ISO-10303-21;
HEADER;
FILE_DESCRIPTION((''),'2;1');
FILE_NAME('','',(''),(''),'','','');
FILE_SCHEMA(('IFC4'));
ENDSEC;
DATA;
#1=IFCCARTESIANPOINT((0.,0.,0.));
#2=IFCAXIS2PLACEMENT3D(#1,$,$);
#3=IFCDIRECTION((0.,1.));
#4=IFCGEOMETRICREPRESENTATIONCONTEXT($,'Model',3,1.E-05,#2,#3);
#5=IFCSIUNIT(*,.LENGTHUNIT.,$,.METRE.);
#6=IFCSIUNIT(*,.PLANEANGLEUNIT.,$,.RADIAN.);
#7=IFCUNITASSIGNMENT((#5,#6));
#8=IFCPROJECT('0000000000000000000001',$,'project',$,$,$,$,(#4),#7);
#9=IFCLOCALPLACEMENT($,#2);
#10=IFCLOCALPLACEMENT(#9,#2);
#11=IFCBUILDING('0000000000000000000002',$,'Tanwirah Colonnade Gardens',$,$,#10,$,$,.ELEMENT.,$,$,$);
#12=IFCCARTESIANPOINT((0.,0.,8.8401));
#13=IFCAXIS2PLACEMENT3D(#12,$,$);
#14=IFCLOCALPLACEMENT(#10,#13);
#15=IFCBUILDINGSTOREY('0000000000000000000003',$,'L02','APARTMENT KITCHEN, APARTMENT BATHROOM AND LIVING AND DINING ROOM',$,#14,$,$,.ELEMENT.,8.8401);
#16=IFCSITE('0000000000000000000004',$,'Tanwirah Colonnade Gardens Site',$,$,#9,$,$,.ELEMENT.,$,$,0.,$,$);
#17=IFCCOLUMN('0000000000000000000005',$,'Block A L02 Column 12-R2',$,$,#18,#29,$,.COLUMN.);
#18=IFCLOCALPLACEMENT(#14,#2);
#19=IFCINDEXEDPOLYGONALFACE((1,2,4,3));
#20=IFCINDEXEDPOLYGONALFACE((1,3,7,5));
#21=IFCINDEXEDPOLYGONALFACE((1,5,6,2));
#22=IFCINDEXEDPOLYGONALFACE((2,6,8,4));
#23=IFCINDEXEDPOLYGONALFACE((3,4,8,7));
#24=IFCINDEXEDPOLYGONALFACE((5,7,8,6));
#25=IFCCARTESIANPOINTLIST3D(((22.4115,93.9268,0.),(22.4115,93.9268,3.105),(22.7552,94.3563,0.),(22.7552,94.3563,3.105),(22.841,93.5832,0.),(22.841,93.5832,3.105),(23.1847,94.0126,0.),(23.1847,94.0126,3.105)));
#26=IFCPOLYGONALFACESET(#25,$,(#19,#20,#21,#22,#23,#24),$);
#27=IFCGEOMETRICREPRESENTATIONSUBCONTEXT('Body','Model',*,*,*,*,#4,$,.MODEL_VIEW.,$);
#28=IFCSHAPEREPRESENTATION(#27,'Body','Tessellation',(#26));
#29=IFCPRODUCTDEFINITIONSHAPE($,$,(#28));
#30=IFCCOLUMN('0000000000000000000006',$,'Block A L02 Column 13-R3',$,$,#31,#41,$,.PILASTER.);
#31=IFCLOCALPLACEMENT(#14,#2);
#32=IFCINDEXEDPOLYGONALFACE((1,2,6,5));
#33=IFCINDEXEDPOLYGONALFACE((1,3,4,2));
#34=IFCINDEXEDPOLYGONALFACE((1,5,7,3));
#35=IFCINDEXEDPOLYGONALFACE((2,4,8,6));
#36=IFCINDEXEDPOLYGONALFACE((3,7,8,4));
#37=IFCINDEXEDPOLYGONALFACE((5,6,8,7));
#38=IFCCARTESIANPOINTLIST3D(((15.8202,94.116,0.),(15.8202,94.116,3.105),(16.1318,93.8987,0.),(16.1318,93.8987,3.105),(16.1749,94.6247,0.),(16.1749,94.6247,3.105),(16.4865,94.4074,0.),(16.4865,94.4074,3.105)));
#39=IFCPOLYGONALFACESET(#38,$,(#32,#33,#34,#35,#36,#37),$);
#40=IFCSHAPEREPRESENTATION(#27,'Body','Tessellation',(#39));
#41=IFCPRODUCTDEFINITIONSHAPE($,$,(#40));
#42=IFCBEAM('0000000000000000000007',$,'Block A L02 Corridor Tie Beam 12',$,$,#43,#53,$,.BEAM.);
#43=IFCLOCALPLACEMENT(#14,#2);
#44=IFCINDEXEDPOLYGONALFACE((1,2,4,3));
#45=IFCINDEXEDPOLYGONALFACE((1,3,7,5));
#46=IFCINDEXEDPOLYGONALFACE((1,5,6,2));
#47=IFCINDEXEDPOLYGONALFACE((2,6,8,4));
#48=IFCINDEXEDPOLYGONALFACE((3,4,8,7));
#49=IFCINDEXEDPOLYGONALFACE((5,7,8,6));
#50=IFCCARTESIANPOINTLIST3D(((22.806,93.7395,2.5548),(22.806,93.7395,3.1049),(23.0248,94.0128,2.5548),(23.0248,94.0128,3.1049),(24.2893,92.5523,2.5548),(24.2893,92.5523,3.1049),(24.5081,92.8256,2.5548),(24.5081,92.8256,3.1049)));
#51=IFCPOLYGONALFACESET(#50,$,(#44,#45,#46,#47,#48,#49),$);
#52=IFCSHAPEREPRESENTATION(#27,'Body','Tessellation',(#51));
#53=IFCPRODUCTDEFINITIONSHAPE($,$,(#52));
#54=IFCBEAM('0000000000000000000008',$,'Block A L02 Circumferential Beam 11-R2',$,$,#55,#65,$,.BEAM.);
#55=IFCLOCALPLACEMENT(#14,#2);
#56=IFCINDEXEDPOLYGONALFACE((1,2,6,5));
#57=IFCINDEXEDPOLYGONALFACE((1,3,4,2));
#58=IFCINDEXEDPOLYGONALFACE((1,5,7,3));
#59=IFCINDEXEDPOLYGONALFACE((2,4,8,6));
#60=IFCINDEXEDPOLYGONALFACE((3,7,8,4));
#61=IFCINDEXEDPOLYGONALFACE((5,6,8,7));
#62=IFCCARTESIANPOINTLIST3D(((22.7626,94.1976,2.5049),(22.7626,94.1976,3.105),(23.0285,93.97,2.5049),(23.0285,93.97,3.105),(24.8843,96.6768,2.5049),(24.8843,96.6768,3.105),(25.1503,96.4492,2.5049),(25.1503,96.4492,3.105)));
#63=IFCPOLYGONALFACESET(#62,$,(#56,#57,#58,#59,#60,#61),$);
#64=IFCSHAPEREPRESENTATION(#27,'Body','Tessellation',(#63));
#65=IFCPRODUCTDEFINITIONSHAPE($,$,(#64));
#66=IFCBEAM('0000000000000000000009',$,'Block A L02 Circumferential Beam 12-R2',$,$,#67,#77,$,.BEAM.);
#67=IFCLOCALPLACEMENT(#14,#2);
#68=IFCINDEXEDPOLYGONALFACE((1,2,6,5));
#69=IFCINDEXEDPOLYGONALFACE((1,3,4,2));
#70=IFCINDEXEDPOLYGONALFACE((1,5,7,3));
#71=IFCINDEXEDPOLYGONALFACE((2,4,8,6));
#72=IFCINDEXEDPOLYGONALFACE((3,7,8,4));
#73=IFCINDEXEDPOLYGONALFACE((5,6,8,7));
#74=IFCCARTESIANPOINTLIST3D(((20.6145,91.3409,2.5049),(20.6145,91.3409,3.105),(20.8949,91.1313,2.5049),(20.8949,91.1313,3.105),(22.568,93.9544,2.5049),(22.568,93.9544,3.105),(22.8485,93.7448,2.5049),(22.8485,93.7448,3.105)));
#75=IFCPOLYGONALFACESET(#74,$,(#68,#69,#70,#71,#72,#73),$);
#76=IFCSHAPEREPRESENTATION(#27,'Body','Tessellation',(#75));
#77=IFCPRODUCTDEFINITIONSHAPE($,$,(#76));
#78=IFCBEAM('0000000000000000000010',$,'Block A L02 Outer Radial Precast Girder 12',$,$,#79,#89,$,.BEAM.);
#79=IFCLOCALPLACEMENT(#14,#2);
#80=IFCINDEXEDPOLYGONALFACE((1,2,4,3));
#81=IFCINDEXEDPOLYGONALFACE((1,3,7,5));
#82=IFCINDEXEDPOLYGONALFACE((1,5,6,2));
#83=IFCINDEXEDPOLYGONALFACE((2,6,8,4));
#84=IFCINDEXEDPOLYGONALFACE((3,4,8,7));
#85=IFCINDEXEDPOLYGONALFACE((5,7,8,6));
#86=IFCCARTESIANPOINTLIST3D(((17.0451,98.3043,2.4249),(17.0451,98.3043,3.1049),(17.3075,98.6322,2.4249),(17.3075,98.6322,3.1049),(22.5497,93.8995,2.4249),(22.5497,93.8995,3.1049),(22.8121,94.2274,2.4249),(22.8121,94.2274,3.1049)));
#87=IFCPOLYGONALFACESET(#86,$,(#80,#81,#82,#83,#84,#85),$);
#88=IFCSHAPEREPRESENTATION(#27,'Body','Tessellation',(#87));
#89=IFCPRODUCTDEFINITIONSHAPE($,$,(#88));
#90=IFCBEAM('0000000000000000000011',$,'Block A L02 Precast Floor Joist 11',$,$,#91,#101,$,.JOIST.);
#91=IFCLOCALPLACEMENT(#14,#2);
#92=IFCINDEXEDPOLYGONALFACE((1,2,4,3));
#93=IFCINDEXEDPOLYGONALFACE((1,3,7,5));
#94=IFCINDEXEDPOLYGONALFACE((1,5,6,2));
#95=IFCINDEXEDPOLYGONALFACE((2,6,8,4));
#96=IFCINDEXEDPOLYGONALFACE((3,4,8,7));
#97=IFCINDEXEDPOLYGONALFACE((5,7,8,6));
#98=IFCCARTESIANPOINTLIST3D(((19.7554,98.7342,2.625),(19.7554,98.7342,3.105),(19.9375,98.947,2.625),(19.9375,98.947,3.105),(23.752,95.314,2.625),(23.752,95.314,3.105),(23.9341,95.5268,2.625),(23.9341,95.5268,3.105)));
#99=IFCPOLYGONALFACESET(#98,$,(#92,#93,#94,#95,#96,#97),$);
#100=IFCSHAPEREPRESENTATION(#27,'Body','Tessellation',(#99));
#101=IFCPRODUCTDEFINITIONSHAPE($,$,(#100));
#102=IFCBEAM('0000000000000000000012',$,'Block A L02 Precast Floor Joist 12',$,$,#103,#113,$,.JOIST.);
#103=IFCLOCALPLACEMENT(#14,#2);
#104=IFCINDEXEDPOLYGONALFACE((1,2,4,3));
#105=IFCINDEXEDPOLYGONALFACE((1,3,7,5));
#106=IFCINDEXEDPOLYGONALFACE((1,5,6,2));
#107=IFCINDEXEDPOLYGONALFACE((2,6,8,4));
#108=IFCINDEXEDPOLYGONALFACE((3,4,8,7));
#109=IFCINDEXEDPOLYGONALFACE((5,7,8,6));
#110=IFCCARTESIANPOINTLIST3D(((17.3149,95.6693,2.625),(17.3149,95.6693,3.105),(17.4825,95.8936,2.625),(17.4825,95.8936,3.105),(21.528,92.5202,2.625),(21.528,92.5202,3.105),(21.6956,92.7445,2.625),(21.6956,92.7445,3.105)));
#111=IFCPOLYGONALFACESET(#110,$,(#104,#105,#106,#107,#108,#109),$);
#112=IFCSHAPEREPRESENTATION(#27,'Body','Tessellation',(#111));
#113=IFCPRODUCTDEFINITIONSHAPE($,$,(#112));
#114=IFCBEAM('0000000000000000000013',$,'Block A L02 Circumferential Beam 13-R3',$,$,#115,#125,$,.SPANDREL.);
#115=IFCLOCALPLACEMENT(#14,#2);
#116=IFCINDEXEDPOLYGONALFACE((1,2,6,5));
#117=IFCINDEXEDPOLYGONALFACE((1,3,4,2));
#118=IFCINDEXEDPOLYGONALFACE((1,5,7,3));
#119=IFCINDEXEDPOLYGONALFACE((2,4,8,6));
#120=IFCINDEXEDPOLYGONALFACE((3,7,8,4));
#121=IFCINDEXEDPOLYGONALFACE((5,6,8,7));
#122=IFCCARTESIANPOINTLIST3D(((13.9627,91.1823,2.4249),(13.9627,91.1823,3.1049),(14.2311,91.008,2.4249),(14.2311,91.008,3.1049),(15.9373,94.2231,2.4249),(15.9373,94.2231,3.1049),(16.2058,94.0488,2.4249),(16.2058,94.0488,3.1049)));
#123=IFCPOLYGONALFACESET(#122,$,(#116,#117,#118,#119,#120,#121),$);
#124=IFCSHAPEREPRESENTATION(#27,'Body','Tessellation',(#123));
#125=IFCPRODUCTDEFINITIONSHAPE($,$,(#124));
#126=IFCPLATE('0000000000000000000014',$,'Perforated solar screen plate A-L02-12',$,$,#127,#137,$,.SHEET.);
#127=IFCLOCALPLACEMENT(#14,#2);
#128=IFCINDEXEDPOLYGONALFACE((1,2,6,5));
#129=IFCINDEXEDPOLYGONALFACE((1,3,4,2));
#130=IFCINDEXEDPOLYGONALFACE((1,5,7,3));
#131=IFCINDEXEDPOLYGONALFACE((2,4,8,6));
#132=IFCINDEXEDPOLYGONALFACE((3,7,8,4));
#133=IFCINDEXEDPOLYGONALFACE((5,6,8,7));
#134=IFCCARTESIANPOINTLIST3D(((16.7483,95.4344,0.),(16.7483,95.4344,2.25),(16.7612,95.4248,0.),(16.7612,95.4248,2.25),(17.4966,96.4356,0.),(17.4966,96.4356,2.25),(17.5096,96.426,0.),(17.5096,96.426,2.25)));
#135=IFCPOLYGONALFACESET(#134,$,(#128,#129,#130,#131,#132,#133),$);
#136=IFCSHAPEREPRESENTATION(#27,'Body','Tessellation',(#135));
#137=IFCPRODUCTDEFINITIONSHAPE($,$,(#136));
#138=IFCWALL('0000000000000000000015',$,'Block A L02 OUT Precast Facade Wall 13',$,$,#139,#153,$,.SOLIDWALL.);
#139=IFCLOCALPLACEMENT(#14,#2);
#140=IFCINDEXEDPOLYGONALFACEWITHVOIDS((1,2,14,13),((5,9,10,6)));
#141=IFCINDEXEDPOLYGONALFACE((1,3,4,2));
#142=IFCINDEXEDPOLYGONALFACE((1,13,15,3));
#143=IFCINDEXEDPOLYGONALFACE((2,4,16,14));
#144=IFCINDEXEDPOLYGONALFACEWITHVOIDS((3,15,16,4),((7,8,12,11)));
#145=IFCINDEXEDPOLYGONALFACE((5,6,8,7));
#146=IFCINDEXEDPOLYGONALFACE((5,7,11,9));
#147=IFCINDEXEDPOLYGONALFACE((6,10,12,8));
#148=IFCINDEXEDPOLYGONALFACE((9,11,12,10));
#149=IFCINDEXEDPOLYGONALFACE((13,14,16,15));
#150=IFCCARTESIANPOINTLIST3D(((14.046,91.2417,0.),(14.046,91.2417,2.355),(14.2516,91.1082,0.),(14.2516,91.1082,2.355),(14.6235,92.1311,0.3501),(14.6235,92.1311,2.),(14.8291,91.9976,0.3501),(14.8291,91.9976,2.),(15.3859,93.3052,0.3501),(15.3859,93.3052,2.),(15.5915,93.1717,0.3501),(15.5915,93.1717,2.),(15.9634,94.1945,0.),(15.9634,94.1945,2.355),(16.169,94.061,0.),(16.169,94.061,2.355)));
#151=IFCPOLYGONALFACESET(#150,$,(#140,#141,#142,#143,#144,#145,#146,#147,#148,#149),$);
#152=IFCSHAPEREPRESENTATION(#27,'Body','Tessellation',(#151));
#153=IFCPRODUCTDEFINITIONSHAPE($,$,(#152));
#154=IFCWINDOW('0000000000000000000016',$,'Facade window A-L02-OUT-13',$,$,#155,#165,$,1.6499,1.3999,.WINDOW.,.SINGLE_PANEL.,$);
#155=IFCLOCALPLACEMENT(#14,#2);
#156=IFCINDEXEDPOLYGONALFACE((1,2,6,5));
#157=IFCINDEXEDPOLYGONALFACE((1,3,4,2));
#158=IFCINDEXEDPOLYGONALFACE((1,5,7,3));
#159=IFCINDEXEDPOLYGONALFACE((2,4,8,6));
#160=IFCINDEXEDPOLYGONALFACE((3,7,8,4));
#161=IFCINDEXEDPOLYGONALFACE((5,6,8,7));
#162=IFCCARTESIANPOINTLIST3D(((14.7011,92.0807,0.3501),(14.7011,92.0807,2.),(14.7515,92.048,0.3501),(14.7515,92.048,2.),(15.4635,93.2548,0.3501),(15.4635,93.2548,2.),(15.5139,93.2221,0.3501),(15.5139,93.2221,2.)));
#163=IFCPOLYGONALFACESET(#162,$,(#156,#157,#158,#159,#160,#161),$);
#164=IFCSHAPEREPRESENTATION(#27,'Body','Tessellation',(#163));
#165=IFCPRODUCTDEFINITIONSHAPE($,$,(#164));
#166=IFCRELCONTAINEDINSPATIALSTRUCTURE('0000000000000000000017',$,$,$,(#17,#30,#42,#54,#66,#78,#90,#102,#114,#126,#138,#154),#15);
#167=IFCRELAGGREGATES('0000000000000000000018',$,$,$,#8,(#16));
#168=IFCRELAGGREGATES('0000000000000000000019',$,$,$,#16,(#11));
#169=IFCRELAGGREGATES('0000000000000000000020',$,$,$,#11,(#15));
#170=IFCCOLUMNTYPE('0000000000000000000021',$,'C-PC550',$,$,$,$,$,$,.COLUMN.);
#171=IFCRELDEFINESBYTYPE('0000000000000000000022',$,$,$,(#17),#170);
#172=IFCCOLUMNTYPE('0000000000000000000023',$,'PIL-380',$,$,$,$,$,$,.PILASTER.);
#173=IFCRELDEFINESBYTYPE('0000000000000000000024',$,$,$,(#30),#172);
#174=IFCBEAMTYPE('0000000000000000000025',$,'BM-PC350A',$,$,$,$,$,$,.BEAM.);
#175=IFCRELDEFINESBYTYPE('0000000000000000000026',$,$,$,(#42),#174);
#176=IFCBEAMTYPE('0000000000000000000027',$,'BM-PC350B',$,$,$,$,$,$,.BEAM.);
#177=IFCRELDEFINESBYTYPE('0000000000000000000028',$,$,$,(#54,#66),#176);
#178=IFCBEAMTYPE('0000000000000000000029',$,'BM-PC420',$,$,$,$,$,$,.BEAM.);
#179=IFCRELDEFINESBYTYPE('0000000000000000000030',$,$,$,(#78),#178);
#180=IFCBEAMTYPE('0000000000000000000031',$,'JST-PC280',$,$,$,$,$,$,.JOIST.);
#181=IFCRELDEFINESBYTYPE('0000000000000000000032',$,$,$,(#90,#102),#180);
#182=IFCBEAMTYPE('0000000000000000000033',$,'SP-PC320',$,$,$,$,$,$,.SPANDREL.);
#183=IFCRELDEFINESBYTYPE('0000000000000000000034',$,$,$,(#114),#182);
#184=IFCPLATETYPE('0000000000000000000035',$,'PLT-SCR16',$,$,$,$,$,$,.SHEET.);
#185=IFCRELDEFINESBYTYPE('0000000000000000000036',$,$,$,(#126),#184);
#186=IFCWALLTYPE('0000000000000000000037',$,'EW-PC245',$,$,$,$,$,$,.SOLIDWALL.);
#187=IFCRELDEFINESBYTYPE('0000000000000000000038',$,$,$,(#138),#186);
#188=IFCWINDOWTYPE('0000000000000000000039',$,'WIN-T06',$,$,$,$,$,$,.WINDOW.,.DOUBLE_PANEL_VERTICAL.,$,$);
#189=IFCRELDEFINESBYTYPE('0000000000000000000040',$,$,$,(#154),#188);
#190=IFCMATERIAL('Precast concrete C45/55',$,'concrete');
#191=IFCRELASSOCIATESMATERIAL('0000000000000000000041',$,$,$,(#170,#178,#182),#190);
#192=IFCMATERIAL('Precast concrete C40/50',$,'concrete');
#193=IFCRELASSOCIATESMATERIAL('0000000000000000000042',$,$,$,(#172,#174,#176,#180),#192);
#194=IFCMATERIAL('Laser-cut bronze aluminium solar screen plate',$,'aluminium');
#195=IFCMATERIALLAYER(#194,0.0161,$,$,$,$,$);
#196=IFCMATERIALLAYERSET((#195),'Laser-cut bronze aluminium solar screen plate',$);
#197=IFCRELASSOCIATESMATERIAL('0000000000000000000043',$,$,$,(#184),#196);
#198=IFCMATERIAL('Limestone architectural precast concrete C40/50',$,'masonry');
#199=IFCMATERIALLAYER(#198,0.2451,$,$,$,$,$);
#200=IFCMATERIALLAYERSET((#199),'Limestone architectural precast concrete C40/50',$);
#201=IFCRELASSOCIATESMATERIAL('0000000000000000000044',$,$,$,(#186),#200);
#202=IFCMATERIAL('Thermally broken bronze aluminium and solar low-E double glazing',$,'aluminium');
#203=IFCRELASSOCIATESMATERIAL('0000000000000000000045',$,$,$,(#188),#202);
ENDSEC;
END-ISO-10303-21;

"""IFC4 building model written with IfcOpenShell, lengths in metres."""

from ifc_helpers import new_model, si_unit, direction, frame, frame_2d, origin, origin_2d, place, context, subcontext, project, spatial, rectangle, extrude, material, layer, layer_set, material_profile, profile_set, type_object, element, fill, save


model = new_model("IFC4")

# Units and contexts
model_context = context("Model", 3, precision=1e-05, world=origin(), true_north=direction((0.0, 1.0)))
body_context = subcontext(model_context, "Body", "Model", "MODEL_VIEW")
ifc_project = project(units=[si_unit("LENGTHUNIT", "METRE"), si_unit("PLANEANGLEUNIT", "RADIAN")], contexts=[model_context])

# Site, building, storey
site_placement = place(None, origin())
site = spatial("IfcSite", under=ifc_project, at=site_placement, Name="Tanwirah Colonnade Gardens Site", CompositionType="ELEMENT", RefElevation=0.0)
building_placement = place(site_placement, origin())
building = spatial("IfcBuilding", under=site, at=building_placement, Name="Tanwirah Colonnade Gardens", CompositionType="ELEMENT")
storey_placement = place(building_placement, frame((0.0, 0.0, 8.8401)))
storey = spatial("IfcBuildingStorey", under=building, at=storey_placement, Name="L02", Description="APARTMENT KITCHEN, APARTMENT BATHROOM AND LIVING AND DINING ROOM", CompositionType="ELEMENT", Elevation=8.8401)

# Columns
ifc_material_1 = material(Name="Precast concrete C45/55", Category="concrete")
ifc_material_profile_1 = material_profile(ifc_material_1, rectangle(XDim=0.55, YDim=0.55, at=origin_2d()), Name="PC-COL 550x550")
ifc_profile_set_1 = profile_set([ifc_material_profile_1], Name="Precast concrete C45/55")
column_type_1 = type_object("IfcColumnType", Name="C-PC550", PredefinedType="COLUMN", material=ifc_profile_set_1)
column_1_placement = place(storey_placement, frame((22.7981, 93.9697, 0.0), z_axis=(0.0, 0.0, 1.0), x_axis=(-0.780794, 0.624788, 0.0)))
element("IfcColumn", 1, at=column_1_placement, inside=storey, type_object=column_type_1, Name="Block A L02 Column 12-R2", PredefinedType="COLUMN", context=body_context, shape_type="SweptSolid", body=[
    extrude(rectangle(XDim=0.55, YDim=0.55, at=origin_2d()), origin(), (0.0, 0.0, 1.0), 3.105),
])
ifc_material_2 = material(Name="Precast concrete C40/50", Category="concrete")
ifc_material_profile_2 = material_profile(ifc_material_2, rectangle(XDim=0.3799, YDim=0.6201, at=origin_2d()), Name="PC-PIL 380x620")
ifc_profile_set_2 = profile_set([ifc_material_profile_2], Name="Precast concrete C40/50")
column_type_2 = type_object("IfcColumnType", Name="PIL-380", PredefinedType="PILASTER", material=ifc_profile_set_2)
column_2_placement = place(storey_placement, frame((16.1533, 94.2617, 0.0), z_axis=(0.0, 0.0, 1.0), x_axis=(-0.820263, 0.571987, 0.0)))
element("IfcColumn", 2, at=column_2_placement, inside=storey, type_object=column_type_2, Name="Block A L02 Column 13-R3", PredefinedType="PILASTER", context=body_context, shape_type="SweptSolid", body=[
    extrude(rectangle(XDim=0.3799, YDim=0.6201, at=origin_2d()), origin(), (0.0, 0.0, 1.0), 3.105),
])

# Beams
ifc_material_profile_3 = material_profile(ifc_material_2, rectangle(XDim=0.3501, YDim=0.55, at=origin_2d()), Name="PC-BM 350x550")
ifc_profile_set_3 = profile_set([ifc_material_profile_3], Name="Precast concrete C40/50")
beam_type_1 = type_object("IfcBeamType", Name="BM-PC350A", PredefinedType="BEAM", material=ifc_profile_set_3)
beam_1_placement = place(storey_placement, frame((24.3987, 92.689, 2.8298), z_axis=(-0.780731, 0.624867, 0.0), x_axis=(-0.624867, -0.780731, 0.0)))
element("IfcBeam", 3, at=beam_1_placement, inside=storey, type_object=beam_type_1, Name="Block A L02 Corridor Tie Beam 12", PredefinedType="BEAM", context=body_context, shape_type="SweptSolid", body=[
    extrude(rectangle(XDim=0.3501, YDim=0.55, at=origin_2d()), origin(), (0.0, 0.0, 1.0), 1.8999),
])
ifc_material_profile_4 = material_profile(ifc_material_2, rectangle(XDim=0.3501, YDim=0.6001, at=origin_2d()), Name="PC-BM 350x600")
ifc_profile_set_4 = profile_set([ifc_material_profile_4], Name="Precast concrete C40/50")
beam_type_2 = type_object("IfcBeamType", Name="BM-PC350B", PredefinedType="BEAM", material=ifc_profile_set_4)
beam_2_placement = place(storey_placement, frame((25.0173, 96.563, 2.8049), z_axis=(-0.650218, -0.759748, 0.0), x_axis=(0.759748, -0.650218, 0.0)))
element("IfcBeam", 4, at=beam_2_placement, inside=storey, type_object=beam_type_2, Name="Block A L02 Circumferential Beam 11-R2", PredefinedType="BEAM", context=body_context, shape_type="SweptSolid", body=[
    extrude(rectangle(XDim=0.3501, YDim=0.6001, at=origin_2d()), origin(), (0.0, 0.0, 1.0), 3.2632),
])
beam_3_placement = place(storey_placement, frame((22.7083, 93.8496, 2.8049), z_axis=(-0.598718, -0.80096, 0.0), x_axis=(0.80096, -0.598718, 0.0)))
element("IfcBeam", 5, at=beam_3_placement, inside=storey, type_object=beam_type_2, Name="Block A L02 Circumferential Beam 12-R2", PredefinedType="BEAM", context=body_context, shape_type="SweptSolid", body=[
    extrude(rectangle(XDim=0.3501, YDim=0.6001, at=origin_2d()), origin(), (0.0, 0.0, 1.0), 3.2629),
])
ifc_material_profile_5 = material_profile(ifc_material_1, rectangle(XDim=0.4199, YDim=0.6799, at=origin_2d()), Name="PC-BM 420x680")
ifc_profile_set_5 = profile_set([ifc_material_profile_5], Name="Precast concrete C45/55")
beam_type_3 = type_object("IfcBeamType", Name="BM-PC420", PredefinedType="BEAM", material=ifc_profile_set_5)
beam_4_placement = place(storey_placement, frame((22.6809, 94.0635, 2.7649), z_axis=(-0.780794, 0.624788, 0.0), x_axis=(-0.624788, -0.780794, 0.0)))
element("IfcBeam", 6, at=beam_4_placement, inside=storey, type_object=beam_type_3, Name="Block A L02 Outer Radial Precast Girder 12", PredefinedType="BEAM", context=body_context, shape_type="SweptSolid", body=[
    extrude(rectangle(XDim=0.4199, YDim=0.6799, at=origin_2d()), origin(), (0.0, 0.0, 1.0), 7.05),
])
ifc_material_profile_6 = material_profile(ifc_material_2, rectangle(XDim=0.28, YDim=0.48, at=origin_2d()), Name="PC-JST 280x480")
ifc_profile_set_6 = profile_set([ifc_material_profile_6], Name="Precast concrete C40/50")
beam_type_4 = type_object("IfcBeamType", Name="JST-PC280", PredefinedType="JOIST", material=ifc_profile_set_6)
beam_5_placement = place(storey_placement, frame((23.843, 95.4204, 2.865), z_axis=(-0.759771, 0.650191, 0.0), x_axis=(-0.650191, -0.759771, 0.0)))
element("IfcBeam", 7, at=beam_5_placement, inside=storey, type_object=beam_type_4, Name="Block A L02 Precast Floor Joist 11", PredefinedType="JOIST", context=body_context, shape_type="SweptSolid", body=[
    extrude(rectangle(XDim=0.28, YDim=0.48, at=origin_2d()), origin(), (0.0, 0.0, 1.0), 5.2603),
])
beam_6_placement = place(storey_placement, frame((21.6118, 92.6323, 2.865), z_axis=(-0.800974, 0.5987, 0.0), x_axis=(-0.5987, -0.800974, 0.0)))
element("IfcBeam", 8, at=beam_6_placement, inside=storey, type_object=beam_type_4, Name="Block A L02 Precast Floor Joist 12", PredefinedType="JOIST", context=body_context, shape_type="SweptSolid", body=[
    extrude(rectangle(XDim=0.28, YDim=0.48, at=origin_2d()), origin(), (0.0, 0.0, 1.0), 5.26),
])
ifc_material_profile_7 = material_profile(ifc_material_1, rectangle(XDim=0.3201, YDim=0.6799, at=origin_2d()), Name="PC-SP 320x680")
ifc_profile_set_7 = profile_set([ifc_material_profile_7], Name="Precast concrete C45/55")
beam_type_5 = type_object("IfcBeamType", Name="SP-PC320", PredefinedType="SPANDREL", material=ifc_profile_set_7)
beam_7_placement = place(storey_placement, frame((16.0715, 94.136, 2.7649), z_axis=(-0.544621, -0.838682, 0.0), x_axis=(0.838682, -0.544621, 0.0)))
element("IfcBeam", 9, at=beam_7_placement, inside=storey, type_object=beam_type_5, Name="Block A L02 Circumferential Beam 13-R3", PredefinedType="SPANDREL", context=body_context, shape_type="SweptSolid", body=[
    extrude(rectangle(XDim=0.3201, YDim=0.6799, at=origin_2d()), origin(), (0.0, 0.0, 1.0), 3.6257),
])

# Plate
ifc_material_3 = material(Name="Laser-cut bronze aluminium solar screen plate", Category="aluminium")
ifc_layer_1 = layer(ifc_material_3, 0.0161)
ifc_layer_set_1 = layer_set([ifc_layer_1], Name="Laser-cut bronze aluminium solar screen plate")
plate_type = type_object("IfcPlateType", Name="PLT-SCR16", PredefinedType="SHEET", material=ifc_layer_set_1)
plate_placement = place(storey_placement, frame((17.1289, 95.9302, 0.0), z_axis=(0.0, 0.0, 1.0), x_axis=(-0.598714, -0.800963, 0.0)))
element("IfcPlate", 10, at=plate_placement, inside=storey, type_object=plate_type, Name="Perforated solar screen plate A-L02-12", PredefinedType="SHEET", context=body_context, shape_type="SweptSolid", body=[
    extrude(rectangle(XDim=1.25, YDim=0.0161, at=origin_2d()), origin(), (0.0, 0.0, 1.0), 2.25),
])

# Wall, opening, window
ifc_material_4 = material(Name="Limestone architectural precast concrete C40/50", Category="masonry")
ifc_layer_2 = layer(ifc_material_4, 0.2451)
ifc_layer_set_2 = layer_set([ifc_layer_2], Name="Limestone architectural precast concrete C40/50")
wall_type_1 = type_object("IfcWallType", Name="EW-PC245", PredefinedType="SOLIDWALL", material=ifc_layer_set_2)
wall_1_placement = place(storey_placement, frame((16.0662, 94.1277, 0.0), z_axis=(0.0, 0.0, 1.0), x_axis=(-0.544611, -0.838689, 0.0)))
wall_1 = element("IfcWall", 11, at=wall_1_placement, inside=storey, type_object=wall_type_1, Name="Block A L02 OUT Precast Facade Wall 13", PredefinedType="SOLIDWALL", context=body_context, shape_type="SweptSolid", body=[
    extrude(rectangle(XDim=3.5208, YDim=0.2451, at=frame_2d((1.7603, 0.0))), origin(), (0.0, 0.0, 1.0), 2.355),
])
opening_1_placement = place(wall_1_placement, frame((1.0603, 0.0, 0.3501)))
opening_1 = element("IfcOpeningElement", 12, at=opening_1_placement, cuts=wall_1, PredefinedType="OPENING", context=body_context, shape_type="SweptSolid", body=[
    extrude(rectangle(XDim=1.3999, YDim=1.6499, at=frame_2d((0.7, 0.825))), frame((0.0, 0.1326, 0.0), z_axis=(0.0, -1.0, 0.0), x_axis=(1.0, 0.0, 0.0)), (0.0, 0.0, 1.0), 0.2651),
])
ifc_material_5 = material(Name="Thermally broken bronze aluminium and solar low-E double glazing", Category="aluminium")
window_type = type_object("IfcWindowType", Name="WIN-T06", PartitioningType="DOUBLE_PANEL_VERTICAL", PredefinedType="WINDOW", material=ifc_material_5)
window_placement = place(opening_1_placement, origin())
window = element("IfcWindow", 13, at=window_placement, inside=storey, type_object=window_type, Name="Facade window A-L02-OUT-13", OverallHeight=1.6499, OverallWidth=1.3999, PartitioningType="SINGLE_PANEL", PredefinedType="WINDOW", context=body_context, shape_type="SweptSolid", body=[
    extrude(rectangle(XDim=1.3999, YDim=1.6499, at=frame_2d((0.7, 0.825))), frame((0.0, 0.03, 0.0), z_axis=(0.0, -1.0, 0.0), x_axis=(1.0, 0.0, 0.0)), (0.0, 0.0, 1.0), 0.0601),
])
fill(opening_1, window)

save(model, "model.ifc")
